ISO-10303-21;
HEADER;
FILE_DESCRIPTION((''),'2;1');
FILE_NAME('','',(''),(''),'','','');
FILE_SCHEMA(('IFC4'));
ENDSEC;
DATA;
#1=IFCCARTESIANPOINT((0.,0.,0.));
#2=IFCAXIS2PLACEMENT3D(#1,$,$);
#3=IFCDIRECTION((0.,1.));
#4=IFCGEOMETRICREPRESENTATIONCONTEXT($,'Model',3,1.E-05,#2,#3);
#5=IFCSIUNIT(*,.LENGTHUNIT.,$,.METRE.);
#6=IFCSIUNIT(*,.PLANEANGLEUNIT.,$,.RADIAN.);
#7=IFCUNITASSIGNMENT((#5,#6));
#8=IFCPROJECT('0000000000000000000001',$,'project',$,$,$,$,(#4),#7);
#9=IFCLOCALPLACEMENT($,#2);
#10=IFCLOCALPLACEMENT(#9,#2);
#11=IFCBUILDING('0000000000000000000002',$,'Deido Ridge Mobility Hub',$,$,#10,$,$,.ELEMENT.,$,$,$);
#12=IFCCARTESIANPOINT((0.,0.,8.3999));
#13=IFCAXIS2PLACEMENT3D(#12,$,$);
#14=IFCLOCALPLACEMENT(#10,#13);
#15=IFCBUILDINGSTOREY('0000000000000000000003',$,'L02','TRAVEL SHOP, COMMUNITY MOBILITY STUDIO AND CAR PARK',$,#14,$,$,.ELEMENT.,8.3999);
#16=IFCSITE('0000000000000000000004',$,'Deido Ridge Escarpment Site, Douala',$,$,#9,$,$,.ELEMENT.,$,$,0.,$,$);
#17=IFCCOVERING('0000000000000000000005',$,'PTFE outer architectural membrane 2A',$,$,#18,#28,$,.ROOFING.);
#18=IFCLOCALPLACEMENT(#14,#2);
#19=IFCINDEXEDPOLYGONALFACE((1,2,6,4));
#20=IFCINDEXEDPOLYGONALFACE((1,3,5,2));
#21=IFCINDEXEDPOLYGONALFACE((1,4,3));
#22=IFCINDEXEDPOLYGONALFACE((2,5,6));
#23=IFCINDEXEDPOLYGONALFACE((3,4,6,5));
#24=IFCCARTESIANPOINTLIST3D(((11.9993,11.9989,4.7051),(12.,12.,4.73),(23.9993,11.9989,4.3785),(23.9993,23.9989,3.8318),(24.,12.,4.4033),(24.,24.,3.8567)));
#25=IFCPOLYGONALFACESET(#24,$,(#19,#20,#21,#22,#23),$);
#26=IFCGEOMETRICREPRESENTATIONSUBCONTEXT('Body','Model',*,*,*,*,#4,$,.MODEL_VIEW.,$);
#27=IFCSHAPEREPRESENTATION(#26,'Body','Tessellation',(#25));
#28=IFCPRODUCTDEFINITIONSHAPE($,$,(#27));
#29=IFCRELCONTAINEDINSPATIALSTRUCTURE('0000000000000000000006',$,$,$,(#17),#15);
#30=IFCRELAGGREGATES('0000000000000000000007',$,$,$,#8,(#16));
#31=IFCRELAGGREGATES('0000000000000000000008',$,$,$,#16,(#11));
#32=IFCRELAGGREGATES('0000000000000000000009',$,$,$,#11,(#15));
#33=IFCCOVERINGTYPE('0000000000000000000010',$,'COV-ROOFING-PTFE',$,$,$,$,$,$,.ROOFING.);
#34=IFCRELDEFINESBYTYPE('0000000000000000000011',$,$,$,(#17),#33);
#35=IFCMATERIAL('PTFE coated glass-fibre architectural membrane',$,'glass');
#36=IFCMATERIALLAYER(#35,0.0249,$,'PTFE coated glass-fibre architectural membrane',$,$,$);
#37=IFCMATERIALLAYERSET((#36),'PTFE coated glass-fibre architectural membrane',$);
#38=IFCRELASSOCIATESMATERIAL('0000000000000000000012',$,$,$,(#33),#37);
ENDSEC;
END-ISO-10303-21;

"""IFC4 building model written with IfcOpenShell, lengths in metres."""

from ifc_helpers import new_model, si_unit, direction, frame, origin, place, context, subcontext, project, spatial, polyline, outline, extrude, material, layer, layer_set, type_object, element, save


model = new_model("IFC4")

# Units and contexts
model_context = context("Model", 3, precision=1e-05, world=origin(), true_north=direction((0.0, 1.0)))
body_context = subcontext(model_context, "Body", "Model", "MODEL_VIEW")
ifc_project = project(units=[si_unit("LENGTHUNIT", "METRE"), si_unit("PLANEANGLEUNIT", "RADIAN")], contexts=[model_context])

# Site, building, storey
site_placement = place(None, origin())
site = spatial("IfcSite", under=ifc_project, at=site_placement, Name="Deido Ridge Escarpment Site, Douala", CompositionType="ELEMENT", RefElevation=0.0)
building_placement = place(site_placement, origin())
building = spatial("IfcBuilding", under=site, at=building_placement, Name="Deido Ridge Mobility Hub", CompositionType="ELEMENT")
storey_placement = place(building_placement, frame((0.0, 0.0, 8.3999)))
storey = spatial("IfcBuildingStorey", under=building, at=storey_placement, Name="L02", Description="TRAVEL SHOP, COMMUNITY MOBILITY STUDIO AND CAR PARK", CompositionType="ELEMENT", Elevation=8.3999)

# Shared definitions
ifc_material_1 = material(Name="PTFE coated glass-fibre architectural membrane", Category="glass")

# Covering
ifc_layer_1 = layer(ifc_material_1, 0.0249, Name="PTFE coated glass-fibre architectural membrane")
ifc_layer_set_1 = layer_set([ifc_layer_1], Name="PTFE coated glass-fibre architectural membrane")
covering_type = type_object("IfcCoveringType", Name="COV-ROOFING-PTFE", PredefinedType="ROOFING", material=ifc_layer_set_1)
covering_placement = place(storey_placement, frame((12.0, 12.0, 4.73), z_axis=(0.027183, 0.045489, 0.998595), x_axis=(0.99963, 0.0, -0.027212)))
element("IfcCovering", 1, at=covering_placement, inside=storey, type_object=covering_type, Name="PTFE outer architectural membrane 2A", PredefinedType="ROOFING", context=body_context, shape_type="SweptSolid", body=[
    extrude(outline(polyline([(0.0, 0.0), (12.0044, 0.0), (12.0193, 12.0124), (0.0, 0.0)])), origin(), (0.0, 0.0, -1.0), 0.0249),
])

save(model, "model.ifc")
